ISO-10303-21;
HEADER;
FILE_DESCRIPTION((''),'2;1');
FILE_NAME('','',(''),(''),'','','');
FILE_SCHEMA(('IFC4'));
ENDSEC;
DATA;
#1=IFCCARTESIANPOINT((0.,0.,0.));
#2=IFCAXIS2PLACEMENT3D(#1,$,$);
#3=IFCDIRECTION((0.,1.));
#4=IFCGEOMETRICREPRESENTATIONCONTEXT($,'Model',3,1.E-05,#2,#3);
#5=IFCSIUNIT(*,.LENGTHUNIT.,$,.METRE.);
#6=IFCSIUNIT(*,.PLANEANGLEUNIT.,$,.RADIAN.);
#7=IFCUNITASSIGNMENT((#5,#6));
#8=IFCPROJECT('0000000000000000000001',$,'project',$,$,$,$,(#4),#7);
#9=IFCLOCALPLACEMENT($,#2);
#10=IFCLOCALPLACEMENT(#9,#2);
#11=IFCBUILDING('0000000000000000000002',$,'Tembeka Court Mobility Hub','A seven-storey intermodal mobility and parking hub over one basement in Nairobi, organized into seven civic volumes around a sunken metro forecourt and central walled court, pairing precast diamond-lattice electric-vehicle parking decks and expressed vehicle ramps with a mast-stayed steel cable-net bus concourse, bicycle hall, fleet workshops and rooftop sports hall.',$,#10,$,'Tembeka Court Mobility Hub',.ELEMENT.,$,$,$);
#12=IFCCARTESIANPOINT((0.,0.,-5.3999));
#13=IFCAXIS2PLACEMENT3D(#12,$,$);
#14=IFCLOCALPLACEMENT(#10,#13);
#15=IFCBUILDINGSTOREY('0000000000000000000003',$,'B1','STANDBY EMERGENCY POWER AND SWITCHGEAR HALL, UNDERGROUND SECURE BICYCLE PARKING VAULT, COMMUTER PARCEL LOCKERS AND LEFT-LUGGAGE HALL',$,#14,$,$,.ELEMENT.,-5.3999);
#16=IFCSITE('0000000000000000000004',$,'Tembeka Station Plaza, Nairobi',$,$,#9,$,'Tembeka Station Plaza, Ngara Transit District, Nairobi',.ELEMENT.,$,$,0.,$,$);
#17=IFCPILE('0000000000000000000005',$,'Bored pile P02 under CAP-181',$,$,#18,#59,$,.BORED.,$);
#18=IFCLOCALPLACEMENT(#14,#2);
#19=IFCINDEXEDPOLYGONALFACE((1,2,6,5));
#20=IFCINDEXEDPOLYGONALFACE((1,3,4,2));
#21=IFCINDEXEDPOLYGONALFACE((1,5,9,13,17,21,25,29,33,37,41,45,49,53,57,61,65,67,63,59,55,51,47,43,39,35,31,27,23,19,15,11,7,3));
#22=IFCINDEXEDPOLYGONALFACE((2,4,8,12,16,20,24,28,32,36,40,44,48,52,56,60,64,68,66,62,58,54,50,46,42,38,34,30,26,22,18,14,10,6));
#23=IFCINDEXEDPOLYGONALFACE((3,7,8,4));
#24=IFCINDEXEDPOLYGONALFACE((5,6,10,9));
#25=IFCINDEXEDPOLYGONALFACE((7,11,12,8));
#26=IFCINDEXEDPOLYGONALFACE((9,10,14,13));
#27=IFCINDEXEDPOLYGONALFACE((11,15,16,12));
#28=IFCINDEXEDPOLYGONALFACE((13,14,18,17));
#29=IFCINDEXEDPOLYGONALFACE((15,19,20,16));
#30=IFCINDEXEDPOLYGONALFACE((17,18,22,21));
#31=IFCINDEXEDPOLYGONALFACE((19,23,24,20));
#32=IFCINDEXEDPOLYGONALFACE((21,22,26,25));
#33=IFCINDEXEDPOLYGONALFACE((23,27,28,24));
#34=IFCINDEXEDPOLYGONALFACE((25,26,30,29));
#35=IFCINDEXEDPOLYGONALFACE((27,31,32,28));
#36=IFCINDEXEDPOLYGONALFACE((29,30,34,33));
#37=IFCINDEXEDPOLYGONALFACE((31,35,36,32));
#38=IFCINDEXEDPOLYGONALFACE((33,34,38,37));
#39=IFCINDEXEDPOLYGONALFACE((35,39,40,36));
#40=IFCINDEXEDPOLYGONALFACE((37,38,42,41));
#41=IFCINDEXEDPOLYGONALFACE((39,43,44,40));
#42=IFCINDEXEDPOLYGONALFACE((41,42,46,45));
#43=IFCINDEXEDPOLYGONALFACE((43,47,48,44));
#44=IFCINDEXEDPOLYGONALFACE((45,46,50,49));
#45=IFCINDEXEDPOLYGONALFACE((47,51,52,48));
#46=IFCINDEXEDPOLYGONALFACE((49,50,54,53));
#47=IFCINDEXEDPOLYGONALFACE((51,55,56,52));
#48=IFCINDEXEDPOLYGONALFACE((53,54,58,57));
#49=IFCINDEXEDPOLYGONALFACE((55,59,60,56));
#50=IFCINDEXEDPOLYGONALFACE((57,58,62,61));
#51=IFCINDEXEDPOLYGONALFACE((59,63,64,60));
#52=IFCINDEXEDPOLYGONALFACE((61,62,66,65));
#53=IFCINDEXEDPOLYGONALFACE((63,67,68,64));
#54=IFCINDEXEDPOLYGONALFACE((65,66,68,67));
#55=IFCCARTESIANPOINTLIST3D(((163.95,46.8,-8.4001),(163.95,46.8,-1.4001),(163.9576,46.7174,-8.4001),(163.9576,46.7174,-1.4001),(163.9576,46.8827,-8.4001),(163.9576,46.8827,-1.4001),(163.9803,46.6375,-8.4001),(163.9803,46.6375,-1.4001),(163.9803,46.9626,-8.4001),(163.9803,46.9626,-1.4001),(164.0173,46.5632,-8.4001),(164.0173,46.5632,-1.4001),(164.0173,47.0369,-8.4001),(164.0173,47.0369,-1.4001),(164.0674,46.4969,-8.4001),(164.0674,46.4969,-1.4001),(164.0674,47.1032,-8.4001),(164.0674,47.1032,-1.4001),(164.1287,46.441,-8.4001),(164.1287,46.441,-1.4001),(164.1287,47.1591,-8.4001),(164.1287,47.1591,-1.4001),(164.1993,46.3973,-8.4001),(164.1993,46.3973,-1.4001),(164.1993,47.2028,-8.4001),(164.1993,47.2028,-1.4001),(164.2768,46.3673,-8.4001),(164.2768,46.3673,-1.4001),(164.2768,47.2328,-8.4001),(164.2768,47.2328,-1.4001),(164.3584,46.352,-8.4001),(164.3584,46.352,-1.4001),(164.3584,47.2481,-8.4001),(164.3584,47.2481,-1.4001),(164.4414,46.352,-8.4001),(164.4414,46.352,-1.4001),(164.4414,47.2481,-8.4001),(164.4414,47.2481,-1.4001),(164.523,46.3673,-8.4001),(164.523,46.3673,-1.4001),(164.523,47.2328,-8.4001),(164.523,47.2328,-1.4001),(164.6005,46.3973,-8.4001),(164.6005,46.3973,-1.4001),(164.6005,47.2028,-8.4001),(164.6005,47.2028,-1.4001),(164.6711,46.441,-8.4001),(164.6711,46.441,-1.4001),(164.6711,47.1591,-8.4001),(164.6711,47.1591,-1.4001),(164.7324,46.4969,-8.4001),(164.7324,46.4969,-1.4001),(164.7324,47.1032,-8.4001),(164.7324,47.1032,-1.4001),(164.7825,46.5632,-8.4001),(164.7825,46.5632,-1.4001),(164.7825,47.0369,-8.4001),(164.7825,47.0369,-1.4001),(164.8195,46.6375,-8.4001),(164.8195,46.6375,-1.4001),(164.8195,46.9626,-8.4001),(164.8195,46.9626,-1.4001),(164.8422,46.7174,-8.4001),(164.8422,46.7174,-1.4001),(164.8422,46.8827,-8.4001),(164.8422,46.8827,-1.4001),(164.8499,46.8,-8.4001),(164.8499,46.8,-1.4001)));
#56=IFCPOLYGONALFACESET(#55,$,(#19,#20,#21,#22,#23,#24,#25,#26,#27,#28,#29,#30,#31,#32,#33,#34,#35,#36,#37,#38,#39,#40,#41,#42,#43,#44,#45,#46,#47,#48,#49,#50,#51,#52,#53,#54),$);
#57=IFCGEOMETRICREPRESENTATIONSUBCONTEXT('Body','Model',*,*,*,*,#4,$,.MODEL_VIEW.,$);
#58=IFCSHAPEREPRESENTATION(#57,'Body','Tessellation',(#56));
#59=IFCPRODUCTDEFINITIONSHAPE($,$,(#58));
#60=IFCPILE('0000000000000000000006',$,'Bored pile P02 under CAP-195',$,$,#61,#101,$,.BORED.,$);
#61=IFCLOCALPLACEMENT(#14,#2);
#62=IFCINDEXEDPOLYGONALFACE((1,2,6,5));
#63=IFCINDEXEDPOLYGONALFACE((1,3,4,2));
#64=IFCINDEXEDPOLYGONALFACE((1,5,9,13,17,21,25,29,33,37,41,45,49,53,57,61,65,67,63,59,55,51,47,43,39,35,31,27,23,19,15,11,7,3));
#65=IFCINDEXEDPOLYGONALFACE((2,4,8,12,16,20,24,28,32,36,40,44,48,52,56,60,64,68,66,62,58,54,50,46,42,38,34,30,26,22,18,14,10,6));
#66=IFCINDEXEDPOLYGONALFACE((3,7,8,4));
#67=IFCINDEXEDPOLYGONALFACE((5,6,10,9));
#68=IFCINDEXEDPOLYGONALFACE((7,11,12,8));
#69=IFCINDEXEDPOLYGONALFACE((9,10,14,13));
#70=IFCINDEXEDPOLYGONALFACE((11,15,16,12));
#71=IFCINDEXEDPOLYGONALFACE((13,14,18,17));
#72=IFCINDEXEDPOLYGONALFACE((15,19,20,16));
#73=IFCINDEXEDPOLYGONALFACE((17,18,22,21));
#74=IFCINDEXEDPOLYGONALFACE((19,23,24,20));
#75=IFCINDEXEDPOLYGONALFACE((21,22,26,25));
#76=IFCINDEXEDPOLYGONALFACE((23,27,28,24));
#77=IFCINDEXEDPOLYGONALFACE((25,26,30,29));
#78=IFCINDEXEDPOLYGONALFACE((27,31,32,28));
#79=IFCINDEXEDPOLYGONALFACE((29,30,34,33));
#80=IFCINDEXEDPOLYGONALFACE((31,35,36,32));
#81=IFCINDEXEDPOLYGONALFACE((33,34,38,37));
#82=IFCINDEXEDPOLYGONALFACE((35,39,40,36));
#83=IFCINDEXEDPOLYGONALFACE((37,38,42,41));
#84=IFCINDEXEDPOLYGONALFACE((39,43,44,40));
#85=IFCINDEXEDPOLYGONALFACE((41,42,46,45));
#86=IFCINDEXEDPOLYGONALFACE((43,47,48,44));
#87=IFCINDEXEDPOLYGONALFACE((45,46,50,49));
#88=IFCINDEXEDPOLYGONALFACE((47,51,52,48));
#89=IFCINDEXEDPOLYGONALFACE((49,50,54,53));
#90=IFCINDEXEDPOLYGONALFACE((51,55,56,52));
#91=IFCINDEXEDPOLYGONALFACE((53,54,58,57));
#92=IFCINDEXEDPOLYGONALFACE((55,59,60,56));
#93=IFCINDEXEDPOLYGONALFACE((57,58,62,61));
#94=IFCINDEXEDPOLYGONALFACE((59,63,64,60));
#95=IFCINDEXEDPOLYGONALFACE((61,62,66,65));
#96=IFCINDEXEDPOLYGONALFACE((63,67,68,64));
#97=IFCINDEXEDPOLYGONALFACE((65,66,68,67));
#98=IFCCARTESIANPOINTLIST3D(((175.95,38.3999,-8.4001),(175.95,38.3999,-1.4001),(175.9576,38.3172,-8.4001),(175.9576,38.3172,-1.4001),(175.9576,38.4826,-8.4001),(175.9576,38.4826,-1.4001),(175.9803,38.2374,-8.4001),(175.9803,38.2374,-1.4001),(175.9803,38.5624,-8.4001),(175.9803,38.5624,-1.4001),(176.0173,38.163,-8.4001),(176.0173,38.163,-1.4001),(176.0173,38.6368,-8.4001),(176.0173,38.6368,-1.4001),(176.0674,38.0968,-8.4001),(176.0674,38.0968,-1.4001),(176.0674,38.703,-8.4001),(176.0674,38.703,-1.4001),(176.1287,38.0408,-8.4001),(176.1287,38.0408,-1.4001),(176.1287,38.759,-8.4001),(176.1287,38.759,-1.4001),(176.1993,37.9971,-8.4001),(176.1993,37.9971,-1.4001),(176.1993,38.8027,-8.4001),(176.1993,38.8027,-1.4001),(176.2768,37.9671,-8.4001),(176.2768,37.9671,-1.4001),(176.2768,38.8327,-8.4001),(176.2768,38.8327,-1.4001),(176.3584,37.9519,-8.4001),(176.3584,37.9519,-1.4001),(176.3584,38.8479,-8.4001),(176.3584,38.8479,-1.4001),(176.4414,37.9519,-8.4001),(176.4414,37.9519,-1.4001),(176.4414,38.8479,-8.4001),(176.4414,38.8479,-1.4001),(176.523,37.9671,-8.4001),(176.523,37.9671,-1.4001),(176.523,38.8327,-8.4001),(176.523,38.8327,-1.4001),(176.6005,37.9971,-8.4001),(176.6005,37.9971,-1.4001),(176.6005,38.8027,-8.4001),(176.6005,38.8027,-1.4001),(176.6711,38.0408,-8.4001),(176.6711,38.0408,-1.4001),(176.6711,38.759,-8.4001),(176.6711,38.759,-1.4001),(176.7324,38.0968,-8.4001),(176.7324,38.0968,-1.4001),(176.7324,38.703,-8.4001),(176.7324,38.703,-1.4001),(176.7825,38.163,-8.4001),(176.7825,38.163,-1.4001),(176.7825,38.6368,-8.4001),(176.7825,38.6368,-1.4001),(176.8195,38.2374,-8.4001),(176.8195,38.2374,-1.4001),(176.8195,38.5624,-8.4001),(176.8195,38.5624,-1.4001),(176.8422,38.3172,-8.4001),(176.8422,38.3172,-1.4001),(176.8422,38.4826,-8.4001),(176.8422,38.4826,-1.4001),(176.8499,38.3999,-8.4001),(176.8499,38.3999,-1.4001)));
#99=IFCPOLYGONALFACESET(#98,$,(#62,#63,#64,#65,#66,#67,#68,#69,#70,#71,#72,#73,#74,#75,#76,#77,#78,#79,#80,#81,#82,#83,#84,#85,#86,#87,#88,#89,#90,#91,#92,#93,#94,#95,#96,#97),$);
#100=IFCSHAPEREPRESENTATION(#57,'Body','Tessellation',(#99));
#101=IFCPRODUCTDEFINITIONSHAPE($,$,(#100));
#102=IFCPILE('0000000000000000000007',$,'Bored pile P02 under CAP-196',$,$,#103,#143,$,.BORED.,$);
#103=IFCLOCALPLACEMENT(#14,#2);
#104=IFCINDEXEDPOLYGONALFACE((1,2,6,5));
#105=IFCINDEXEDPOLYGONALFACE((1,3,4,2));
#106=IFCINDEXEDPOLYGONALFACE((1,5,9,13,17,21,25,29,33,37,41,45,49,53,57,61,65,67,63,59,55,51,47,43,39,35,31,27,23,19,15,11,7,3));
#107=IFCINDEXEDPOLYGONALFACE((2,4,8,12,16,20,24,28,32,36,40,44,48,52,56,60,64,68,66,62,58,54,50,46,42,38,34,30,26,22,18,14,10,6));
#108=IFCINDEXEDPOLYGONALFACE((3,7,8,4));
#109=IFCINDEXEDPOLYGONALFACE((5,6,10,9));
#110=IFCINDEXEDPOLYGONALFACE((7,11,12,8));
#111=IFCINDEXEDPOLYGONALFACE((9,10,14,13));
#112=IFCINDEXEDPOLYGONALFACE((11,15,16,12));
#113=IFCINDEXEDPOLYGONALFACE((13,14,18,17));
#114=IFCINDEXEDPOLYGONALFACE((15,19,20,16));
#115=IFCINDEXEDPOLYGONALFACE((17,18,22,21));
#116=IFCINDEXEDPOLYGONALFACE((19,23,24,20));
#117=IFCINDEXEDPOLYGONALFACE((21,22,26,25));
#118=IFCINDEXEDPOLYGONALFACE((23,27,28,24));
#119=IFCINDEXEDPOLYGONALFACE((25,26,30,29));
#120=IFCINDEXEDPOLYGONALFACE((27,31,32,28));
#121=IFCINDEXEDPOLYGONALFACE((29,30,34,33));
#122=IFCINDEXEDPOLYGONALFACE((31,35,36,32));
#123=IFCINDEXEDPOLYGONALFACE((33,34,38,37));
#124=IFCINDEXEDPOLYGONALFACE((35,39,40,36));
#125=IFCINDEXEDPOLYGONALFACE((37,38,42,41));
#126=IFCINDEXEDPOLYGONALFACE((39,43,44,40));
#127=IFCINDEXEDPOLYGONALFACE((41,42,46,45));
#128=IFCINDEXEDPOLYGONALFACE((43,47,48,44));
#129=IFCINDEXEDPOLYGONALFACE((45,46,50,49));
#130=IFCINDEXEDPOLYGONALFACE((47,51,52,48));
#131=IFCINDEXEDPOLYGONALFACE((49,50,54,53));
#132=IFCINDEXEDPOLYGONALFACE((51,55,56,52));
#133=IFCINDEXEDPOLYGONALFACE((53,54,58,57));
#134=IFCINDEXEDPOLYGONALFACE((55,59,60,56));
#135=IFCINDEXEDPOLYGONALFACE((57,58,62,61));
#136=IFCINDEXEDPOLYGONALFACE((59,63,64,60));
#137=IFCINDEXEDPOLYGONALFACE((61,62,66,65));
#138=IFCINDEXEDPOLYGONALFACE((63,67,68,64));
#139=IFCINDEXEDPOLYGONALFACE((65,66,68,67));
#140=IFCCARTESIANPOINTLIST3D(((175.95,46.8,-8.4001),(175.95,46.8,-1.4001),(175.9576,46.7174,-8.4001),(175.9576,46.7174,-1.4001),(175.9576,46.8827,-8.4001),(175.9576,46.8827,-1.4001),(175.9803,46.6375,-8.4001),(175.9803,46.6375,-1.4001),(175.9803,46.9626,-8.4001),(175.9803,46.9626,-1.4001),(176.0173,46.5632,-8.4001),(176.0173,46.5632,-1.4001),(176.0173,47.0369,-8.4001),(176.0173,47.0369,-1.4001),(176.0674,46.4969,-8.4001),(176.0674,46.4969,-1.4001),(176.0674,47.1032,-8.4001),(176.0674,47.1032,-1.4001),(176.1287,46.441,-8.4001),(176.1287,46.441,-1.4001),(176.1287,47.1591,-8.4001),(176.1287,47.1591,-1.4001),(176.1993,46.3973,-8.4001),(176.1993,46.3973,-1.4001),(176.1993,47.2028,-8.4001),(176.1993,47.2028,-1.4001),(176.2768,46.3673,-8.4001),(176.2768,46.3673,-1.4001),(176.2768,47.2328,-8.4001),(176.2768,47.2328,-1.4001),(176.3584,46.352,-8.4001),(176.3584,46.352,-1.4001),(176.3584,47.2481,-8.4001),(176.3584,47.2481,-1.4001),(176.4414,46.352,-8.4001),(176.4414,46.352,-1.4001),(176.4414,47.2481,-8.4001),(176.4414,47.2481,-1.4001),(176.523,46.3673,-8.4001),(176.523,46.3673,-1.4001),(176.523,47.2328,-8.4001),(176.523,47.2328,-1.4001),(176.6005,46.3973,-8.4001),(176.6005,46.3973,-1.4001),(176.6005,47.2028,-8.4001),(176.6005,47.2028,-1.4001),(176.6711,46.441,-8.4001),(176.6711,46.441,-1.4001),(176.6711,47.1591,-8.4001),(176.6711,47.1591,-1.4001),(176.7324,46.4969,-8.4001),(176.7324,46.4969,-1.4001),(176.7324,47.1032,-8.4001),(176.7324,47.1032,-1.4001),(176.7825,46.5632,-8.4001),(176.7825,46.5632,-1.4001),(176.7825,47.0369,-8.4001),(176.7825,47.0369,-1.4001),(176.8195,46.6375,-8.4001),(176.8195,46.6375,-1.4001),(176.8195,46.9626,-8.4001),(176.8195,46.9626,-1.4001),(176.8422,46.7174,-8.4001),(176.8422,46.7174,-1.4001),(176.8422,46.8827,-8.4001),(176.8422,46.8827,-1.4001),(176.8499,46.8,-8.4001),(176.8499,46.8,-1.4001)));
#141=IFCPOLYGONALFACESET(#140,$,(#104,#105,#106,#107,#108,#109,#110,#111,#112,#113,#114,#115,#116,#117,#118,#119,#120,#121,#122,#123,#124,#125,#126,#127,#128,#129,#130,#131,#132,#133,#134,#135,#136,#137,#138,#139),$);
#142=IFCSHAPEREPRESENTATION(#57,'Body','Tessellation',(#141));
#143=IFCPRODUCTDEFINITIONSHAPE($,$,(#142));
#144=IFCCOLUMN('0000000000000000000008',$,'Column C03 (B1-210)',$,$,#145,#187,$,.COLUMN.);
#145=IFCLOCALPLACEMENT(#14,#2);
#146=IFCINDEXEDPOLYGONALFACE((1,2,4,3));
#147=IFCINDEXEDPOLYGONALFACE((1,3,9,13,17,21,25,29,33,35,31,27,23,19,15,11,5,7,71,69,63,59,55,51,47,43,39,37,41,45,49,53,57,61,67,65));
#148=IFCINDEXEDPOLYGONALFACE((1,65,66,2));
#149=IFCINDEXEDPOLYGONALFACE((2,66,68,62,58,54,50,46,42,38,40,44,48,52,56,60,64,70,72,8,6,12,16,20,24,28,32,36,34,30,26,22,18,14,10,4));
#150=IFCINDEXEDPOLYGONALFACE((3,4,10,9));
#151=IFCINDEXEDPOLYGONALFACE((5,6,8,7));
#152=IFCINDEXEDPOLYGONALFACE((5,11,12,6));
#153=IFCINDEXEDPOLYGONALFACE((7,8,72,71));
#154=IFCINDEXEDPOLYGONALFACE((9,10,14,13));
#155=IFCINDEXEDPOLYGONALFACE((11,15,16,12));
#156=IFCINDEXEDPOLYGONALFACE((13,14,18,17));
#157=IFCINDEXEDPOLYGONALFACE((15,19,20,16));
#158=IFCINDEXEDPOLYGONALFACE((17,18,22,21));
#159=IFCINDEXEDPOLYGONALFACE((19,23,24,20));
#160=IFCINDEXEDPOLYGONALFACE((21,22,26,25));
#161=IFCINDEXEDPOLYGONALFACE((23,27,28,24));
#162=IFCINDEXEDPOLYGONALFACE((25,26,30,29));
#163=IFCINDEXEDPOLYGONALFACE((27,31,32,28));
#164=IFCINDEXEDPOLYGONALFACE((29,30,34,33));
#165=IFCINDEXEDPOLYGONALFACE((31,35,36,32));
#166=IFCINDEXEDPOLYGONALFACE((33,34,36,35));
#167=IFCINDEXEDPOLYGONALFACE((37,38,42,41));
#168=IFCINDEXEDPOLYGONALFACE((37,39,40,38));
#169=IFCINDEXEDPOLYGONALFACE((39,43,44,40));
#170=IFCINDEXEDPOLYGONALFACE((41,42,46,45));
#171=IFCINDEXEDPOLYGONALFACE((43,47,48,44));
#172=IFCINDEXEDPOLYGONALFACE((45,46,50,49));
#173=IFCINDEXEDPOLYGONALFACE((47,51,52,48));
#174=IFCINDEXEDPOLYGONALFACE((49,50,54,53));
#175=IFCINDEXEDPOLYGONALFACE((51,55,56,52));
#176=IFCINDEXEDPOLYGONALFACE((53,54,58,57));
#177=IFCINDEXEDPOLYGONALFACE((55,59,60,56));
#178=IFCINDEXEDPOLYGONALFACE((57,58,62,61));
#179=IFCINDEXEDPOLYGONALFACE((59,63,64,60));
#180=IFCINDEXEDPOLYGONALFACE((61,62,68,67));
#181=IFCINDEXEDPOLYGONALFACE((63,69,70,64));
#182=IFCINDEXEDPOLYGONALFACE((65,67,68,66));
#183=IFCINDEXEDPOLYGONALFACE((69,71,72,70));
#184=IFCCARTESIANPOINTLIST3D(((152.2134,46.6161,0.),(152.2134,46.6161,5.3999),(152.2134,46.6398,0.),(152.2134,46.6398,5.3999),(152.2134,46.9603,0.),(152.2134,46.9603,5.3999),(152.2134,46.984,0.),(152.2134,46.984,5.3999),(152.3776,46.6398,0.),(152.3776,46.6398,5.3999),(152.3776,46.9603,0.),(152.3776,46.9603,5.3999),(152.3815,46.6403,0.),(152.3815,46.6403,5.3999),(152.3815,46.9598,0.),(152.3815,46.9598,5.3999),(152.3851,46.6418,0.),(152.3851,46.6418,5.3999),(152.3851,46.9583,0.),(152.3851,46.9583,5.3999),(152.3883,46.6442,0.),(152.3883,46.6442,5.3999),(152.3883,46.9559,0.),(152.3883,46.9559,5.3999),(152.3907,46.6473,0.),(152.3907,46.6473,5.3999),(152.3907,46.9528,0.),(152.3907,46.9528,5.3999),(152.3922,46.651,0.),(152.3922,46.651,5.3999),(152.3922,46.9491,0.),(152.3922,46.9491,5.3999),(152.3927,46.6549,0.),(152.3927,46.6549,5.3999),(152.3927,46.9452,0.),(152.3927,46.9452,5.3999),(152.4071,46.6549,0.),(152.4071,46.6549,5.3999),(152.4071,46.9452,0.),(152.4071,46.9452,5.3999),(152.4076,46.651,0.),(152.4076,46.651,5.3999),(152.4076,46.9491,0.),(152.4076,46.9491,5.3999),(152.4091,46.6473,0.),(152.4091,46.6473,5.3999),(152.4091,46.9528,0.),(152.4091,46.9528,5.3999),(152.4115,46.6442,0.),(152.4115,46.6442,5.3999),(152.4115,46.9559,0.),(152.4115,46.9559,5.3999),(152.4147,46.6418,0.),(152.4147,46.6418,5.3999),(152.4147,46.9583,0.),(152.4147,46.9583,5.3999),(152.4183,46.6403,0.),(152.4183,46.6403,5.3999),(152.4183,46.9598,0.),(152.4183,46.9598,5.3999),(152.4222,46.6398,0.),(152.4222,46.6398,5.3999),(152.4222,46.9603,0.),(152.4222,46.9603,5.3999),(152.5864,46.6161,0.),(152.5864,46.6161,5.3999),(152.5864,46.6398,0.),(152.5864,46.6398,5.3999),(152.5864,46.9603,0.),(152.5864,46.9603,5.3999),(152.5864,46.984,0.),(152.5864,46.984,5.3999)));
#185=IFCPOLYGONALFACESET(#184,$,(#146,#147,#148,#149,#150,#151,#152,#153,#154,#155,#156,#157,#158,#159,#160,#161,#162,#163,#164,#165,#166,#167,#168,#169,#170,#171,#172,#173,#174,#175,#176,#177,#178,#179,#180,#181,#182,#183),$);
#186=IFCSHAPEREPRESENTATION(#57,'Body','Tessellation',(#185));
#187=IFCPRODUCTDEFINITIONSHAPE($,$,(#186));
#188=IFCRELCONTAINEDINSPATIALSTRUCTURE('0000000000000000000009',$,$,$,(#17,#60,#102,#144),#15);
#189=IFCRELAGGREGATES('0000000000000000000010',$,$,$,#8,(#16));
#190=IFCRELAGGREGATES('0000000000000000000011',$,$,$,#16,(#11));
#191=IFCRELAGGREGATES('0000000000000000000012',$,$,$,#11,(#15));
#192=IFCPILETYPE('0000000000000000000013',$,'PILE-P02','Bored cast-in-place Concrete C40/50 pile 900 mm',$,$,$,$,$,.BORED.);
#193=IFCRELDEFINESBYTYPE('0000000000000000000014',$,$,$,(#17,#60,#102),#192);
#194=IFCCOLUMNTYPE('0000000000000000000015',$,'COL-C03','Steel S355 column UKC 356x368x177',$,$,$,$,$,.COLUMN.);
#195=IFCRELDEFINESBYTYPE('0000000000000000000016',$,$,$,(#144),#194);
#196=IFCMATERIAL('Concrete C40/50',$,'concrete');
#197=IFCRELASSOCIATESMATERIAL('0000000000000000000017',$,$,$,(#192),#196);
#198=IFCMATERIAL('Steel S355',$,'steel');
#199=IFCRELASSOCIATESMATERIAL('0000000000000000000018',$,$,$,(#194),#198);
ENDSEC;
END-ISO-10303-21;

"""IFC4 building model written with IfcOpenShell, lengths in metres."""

from ifc_helpers import new_model, si_unit, direction, frame, origin, origin_2d, place, context, subcontext, project, spatial, circle, i_section, extrude, material, material_profile, profile_set, type_object, element, save


model = new_model("IFC4")

# Units and contexts
model_context = context("Model", 3, precision=1e-05, world=origin(), true_north=direction((0.0, 1.0)))
body_context = subcontext(model_context, "Body", "Model", "MODEL_VIEW")
ifc_project = project(units=[si_unit("LENGTHUNIT", "METRE"), si_unit("PLANEANGLEUNIT", "RADIAN")], contexts=[model_context])

# Site, building, storey
site_placement = place(None, origin())
site = spatial("IfcSite", under=ifc_project, at=site_placement, Name="Tembeka Station Plaza, Nairobi", LongName="Tembeka Station Plaza, Ngara Transit District, Nairobi", CompositionType="ELEMENT", RefElevation=0.0)
building_placement = place(site_placement, origin())
building = spatial("IfcBuilding", under=site, at=building_placement, Name="Tembeka Court Mobility Hub", Description="A seven-storey intermodal mobility and parking hub over one basement in Nairobi, organized into seven civic volumes around a sunken metro forecourt and central walled court, pairing precast diamond-lattice electric-vehicle parking decks and expressed vehicle ramps with a mast-stayed steel cable-net bus concourse, bicycle hall, fleet workshops and rooftop sports hall.", LongName="Tembeka Court Mobility Hub", CompositionType="ELEMENT")
storey_placement = place(building_placement, frame((0.0, 0.0, -5.3999)))
storey = spatial("IfcBuildingStorey", under=building, at=storey_placement, Name="B1", Description="STANDBY EMERGENCY POWER AND SWITCHGEAR HALL, UNDERGROUND SECURE BICYCLE PARKING VAULT, COMMUTER PARCEL LOCKERS AND LEFT-LUGGAGE HALL", CompositionType="ELEMENT", Elevation=-5.3999)

# Shared definitions
ifc_material_1 = material(Name="Concrete C40/50", Category="concrete")

# Piles
ifc_material_profile_1 = material_profile(ifc_material_1, circle(Radius=0.45, at=origin_2d()), Name="PILE D900")
ifc_profile_set_1 = profile_set([ifc_material_profile_1], Name="Concrete C40/50")
pile_type = type_object("IfcPileType", Name="PILE-P02", Description="Bored cast-in-place Concrete C40/50 pile 900 mm", PredefinedType="BORED", material=ifc_profile_set_1)
for number, where, z_axis, x_axis, name in (
    (1, (164.3999, 46.8, -1.4001), (0.0, 0.0, -1.0), (1.0, 0.0, 0.0), "Bored pile P02 under CAP-181"),
    (2, (176.3999, 38.3999, -1.4001), (0.0, 0.0, -1.0), (1.0, 0.0, 0.0), "Bored pile P02 under CAP-195"),
    (3, (176.3999, 46.8, -1.4001), (0.0, 0.0, -1.0), (1.0, 0.0, 0.0), "Bored pile P02 under CAP-196"),
):
    element("IfcPile", number, at=place(storey_placement, frame(where, z_axis=z_axis, x_axis=x_axis)), inside=storey, type_object=pile_type, Name=name, PredefinedType="BORED", context=body_context, shape_type="SweptSolid", body=[
        extrude(circle(Radius=0.45, at=origin_2d()), origin(), (0.0, 0.0, 1.0), 7.0),
    ])

# Column
ifc_material_2 = material(Name="Steel S355", Category="steel")
ifc_material_profile_2 = material_profile(ifc_material_2, i_section(OverallWidth=0.373, OverallDepth=0.3679, WebThickness=0.0144, FlangeThickness=0.0237, FilletRadius=0.0151, at=origin_2d()), Name="UKC 356x368x177")
ifc_profile_set_2 = profile_set([ifc_material_profile_2], Name="Steel S355")
column_type = type_object("IfcColumnType", Name="COL-C03", Description="Steel S355 column UKC 356x368x177", PredefinedType="COLUMN", material=ifc_profile_set_2)
for number, where, z_axis, x_axis, name in (
    (4, (152.3999, 46.8, 0.0), (0.0, 0.0, 1.0), (1.0, 0.0, 0.0), "Column C03 (B1-210)"),
):
    element("IfcColumn", number, at=place(storey_placement, frame(where, z_axis=z_axis, x_axis=x_axis)), inside=storey, type_object=column_type, Name=name, PredefinedType="COLUMN", context=body_context, shape_type="SweptSolid", body=[
        extrude(i_section(OverallWidth=0.373, OverallDepth=0.3679, WebThickness=0.0144, FlangeThickness=0.0237, FilletRadius=0.0151, at=origin_2d()), origin(), (0.0, 0.0, 1.0), 5.3999),
    ])

save(model, "model.ifc")
